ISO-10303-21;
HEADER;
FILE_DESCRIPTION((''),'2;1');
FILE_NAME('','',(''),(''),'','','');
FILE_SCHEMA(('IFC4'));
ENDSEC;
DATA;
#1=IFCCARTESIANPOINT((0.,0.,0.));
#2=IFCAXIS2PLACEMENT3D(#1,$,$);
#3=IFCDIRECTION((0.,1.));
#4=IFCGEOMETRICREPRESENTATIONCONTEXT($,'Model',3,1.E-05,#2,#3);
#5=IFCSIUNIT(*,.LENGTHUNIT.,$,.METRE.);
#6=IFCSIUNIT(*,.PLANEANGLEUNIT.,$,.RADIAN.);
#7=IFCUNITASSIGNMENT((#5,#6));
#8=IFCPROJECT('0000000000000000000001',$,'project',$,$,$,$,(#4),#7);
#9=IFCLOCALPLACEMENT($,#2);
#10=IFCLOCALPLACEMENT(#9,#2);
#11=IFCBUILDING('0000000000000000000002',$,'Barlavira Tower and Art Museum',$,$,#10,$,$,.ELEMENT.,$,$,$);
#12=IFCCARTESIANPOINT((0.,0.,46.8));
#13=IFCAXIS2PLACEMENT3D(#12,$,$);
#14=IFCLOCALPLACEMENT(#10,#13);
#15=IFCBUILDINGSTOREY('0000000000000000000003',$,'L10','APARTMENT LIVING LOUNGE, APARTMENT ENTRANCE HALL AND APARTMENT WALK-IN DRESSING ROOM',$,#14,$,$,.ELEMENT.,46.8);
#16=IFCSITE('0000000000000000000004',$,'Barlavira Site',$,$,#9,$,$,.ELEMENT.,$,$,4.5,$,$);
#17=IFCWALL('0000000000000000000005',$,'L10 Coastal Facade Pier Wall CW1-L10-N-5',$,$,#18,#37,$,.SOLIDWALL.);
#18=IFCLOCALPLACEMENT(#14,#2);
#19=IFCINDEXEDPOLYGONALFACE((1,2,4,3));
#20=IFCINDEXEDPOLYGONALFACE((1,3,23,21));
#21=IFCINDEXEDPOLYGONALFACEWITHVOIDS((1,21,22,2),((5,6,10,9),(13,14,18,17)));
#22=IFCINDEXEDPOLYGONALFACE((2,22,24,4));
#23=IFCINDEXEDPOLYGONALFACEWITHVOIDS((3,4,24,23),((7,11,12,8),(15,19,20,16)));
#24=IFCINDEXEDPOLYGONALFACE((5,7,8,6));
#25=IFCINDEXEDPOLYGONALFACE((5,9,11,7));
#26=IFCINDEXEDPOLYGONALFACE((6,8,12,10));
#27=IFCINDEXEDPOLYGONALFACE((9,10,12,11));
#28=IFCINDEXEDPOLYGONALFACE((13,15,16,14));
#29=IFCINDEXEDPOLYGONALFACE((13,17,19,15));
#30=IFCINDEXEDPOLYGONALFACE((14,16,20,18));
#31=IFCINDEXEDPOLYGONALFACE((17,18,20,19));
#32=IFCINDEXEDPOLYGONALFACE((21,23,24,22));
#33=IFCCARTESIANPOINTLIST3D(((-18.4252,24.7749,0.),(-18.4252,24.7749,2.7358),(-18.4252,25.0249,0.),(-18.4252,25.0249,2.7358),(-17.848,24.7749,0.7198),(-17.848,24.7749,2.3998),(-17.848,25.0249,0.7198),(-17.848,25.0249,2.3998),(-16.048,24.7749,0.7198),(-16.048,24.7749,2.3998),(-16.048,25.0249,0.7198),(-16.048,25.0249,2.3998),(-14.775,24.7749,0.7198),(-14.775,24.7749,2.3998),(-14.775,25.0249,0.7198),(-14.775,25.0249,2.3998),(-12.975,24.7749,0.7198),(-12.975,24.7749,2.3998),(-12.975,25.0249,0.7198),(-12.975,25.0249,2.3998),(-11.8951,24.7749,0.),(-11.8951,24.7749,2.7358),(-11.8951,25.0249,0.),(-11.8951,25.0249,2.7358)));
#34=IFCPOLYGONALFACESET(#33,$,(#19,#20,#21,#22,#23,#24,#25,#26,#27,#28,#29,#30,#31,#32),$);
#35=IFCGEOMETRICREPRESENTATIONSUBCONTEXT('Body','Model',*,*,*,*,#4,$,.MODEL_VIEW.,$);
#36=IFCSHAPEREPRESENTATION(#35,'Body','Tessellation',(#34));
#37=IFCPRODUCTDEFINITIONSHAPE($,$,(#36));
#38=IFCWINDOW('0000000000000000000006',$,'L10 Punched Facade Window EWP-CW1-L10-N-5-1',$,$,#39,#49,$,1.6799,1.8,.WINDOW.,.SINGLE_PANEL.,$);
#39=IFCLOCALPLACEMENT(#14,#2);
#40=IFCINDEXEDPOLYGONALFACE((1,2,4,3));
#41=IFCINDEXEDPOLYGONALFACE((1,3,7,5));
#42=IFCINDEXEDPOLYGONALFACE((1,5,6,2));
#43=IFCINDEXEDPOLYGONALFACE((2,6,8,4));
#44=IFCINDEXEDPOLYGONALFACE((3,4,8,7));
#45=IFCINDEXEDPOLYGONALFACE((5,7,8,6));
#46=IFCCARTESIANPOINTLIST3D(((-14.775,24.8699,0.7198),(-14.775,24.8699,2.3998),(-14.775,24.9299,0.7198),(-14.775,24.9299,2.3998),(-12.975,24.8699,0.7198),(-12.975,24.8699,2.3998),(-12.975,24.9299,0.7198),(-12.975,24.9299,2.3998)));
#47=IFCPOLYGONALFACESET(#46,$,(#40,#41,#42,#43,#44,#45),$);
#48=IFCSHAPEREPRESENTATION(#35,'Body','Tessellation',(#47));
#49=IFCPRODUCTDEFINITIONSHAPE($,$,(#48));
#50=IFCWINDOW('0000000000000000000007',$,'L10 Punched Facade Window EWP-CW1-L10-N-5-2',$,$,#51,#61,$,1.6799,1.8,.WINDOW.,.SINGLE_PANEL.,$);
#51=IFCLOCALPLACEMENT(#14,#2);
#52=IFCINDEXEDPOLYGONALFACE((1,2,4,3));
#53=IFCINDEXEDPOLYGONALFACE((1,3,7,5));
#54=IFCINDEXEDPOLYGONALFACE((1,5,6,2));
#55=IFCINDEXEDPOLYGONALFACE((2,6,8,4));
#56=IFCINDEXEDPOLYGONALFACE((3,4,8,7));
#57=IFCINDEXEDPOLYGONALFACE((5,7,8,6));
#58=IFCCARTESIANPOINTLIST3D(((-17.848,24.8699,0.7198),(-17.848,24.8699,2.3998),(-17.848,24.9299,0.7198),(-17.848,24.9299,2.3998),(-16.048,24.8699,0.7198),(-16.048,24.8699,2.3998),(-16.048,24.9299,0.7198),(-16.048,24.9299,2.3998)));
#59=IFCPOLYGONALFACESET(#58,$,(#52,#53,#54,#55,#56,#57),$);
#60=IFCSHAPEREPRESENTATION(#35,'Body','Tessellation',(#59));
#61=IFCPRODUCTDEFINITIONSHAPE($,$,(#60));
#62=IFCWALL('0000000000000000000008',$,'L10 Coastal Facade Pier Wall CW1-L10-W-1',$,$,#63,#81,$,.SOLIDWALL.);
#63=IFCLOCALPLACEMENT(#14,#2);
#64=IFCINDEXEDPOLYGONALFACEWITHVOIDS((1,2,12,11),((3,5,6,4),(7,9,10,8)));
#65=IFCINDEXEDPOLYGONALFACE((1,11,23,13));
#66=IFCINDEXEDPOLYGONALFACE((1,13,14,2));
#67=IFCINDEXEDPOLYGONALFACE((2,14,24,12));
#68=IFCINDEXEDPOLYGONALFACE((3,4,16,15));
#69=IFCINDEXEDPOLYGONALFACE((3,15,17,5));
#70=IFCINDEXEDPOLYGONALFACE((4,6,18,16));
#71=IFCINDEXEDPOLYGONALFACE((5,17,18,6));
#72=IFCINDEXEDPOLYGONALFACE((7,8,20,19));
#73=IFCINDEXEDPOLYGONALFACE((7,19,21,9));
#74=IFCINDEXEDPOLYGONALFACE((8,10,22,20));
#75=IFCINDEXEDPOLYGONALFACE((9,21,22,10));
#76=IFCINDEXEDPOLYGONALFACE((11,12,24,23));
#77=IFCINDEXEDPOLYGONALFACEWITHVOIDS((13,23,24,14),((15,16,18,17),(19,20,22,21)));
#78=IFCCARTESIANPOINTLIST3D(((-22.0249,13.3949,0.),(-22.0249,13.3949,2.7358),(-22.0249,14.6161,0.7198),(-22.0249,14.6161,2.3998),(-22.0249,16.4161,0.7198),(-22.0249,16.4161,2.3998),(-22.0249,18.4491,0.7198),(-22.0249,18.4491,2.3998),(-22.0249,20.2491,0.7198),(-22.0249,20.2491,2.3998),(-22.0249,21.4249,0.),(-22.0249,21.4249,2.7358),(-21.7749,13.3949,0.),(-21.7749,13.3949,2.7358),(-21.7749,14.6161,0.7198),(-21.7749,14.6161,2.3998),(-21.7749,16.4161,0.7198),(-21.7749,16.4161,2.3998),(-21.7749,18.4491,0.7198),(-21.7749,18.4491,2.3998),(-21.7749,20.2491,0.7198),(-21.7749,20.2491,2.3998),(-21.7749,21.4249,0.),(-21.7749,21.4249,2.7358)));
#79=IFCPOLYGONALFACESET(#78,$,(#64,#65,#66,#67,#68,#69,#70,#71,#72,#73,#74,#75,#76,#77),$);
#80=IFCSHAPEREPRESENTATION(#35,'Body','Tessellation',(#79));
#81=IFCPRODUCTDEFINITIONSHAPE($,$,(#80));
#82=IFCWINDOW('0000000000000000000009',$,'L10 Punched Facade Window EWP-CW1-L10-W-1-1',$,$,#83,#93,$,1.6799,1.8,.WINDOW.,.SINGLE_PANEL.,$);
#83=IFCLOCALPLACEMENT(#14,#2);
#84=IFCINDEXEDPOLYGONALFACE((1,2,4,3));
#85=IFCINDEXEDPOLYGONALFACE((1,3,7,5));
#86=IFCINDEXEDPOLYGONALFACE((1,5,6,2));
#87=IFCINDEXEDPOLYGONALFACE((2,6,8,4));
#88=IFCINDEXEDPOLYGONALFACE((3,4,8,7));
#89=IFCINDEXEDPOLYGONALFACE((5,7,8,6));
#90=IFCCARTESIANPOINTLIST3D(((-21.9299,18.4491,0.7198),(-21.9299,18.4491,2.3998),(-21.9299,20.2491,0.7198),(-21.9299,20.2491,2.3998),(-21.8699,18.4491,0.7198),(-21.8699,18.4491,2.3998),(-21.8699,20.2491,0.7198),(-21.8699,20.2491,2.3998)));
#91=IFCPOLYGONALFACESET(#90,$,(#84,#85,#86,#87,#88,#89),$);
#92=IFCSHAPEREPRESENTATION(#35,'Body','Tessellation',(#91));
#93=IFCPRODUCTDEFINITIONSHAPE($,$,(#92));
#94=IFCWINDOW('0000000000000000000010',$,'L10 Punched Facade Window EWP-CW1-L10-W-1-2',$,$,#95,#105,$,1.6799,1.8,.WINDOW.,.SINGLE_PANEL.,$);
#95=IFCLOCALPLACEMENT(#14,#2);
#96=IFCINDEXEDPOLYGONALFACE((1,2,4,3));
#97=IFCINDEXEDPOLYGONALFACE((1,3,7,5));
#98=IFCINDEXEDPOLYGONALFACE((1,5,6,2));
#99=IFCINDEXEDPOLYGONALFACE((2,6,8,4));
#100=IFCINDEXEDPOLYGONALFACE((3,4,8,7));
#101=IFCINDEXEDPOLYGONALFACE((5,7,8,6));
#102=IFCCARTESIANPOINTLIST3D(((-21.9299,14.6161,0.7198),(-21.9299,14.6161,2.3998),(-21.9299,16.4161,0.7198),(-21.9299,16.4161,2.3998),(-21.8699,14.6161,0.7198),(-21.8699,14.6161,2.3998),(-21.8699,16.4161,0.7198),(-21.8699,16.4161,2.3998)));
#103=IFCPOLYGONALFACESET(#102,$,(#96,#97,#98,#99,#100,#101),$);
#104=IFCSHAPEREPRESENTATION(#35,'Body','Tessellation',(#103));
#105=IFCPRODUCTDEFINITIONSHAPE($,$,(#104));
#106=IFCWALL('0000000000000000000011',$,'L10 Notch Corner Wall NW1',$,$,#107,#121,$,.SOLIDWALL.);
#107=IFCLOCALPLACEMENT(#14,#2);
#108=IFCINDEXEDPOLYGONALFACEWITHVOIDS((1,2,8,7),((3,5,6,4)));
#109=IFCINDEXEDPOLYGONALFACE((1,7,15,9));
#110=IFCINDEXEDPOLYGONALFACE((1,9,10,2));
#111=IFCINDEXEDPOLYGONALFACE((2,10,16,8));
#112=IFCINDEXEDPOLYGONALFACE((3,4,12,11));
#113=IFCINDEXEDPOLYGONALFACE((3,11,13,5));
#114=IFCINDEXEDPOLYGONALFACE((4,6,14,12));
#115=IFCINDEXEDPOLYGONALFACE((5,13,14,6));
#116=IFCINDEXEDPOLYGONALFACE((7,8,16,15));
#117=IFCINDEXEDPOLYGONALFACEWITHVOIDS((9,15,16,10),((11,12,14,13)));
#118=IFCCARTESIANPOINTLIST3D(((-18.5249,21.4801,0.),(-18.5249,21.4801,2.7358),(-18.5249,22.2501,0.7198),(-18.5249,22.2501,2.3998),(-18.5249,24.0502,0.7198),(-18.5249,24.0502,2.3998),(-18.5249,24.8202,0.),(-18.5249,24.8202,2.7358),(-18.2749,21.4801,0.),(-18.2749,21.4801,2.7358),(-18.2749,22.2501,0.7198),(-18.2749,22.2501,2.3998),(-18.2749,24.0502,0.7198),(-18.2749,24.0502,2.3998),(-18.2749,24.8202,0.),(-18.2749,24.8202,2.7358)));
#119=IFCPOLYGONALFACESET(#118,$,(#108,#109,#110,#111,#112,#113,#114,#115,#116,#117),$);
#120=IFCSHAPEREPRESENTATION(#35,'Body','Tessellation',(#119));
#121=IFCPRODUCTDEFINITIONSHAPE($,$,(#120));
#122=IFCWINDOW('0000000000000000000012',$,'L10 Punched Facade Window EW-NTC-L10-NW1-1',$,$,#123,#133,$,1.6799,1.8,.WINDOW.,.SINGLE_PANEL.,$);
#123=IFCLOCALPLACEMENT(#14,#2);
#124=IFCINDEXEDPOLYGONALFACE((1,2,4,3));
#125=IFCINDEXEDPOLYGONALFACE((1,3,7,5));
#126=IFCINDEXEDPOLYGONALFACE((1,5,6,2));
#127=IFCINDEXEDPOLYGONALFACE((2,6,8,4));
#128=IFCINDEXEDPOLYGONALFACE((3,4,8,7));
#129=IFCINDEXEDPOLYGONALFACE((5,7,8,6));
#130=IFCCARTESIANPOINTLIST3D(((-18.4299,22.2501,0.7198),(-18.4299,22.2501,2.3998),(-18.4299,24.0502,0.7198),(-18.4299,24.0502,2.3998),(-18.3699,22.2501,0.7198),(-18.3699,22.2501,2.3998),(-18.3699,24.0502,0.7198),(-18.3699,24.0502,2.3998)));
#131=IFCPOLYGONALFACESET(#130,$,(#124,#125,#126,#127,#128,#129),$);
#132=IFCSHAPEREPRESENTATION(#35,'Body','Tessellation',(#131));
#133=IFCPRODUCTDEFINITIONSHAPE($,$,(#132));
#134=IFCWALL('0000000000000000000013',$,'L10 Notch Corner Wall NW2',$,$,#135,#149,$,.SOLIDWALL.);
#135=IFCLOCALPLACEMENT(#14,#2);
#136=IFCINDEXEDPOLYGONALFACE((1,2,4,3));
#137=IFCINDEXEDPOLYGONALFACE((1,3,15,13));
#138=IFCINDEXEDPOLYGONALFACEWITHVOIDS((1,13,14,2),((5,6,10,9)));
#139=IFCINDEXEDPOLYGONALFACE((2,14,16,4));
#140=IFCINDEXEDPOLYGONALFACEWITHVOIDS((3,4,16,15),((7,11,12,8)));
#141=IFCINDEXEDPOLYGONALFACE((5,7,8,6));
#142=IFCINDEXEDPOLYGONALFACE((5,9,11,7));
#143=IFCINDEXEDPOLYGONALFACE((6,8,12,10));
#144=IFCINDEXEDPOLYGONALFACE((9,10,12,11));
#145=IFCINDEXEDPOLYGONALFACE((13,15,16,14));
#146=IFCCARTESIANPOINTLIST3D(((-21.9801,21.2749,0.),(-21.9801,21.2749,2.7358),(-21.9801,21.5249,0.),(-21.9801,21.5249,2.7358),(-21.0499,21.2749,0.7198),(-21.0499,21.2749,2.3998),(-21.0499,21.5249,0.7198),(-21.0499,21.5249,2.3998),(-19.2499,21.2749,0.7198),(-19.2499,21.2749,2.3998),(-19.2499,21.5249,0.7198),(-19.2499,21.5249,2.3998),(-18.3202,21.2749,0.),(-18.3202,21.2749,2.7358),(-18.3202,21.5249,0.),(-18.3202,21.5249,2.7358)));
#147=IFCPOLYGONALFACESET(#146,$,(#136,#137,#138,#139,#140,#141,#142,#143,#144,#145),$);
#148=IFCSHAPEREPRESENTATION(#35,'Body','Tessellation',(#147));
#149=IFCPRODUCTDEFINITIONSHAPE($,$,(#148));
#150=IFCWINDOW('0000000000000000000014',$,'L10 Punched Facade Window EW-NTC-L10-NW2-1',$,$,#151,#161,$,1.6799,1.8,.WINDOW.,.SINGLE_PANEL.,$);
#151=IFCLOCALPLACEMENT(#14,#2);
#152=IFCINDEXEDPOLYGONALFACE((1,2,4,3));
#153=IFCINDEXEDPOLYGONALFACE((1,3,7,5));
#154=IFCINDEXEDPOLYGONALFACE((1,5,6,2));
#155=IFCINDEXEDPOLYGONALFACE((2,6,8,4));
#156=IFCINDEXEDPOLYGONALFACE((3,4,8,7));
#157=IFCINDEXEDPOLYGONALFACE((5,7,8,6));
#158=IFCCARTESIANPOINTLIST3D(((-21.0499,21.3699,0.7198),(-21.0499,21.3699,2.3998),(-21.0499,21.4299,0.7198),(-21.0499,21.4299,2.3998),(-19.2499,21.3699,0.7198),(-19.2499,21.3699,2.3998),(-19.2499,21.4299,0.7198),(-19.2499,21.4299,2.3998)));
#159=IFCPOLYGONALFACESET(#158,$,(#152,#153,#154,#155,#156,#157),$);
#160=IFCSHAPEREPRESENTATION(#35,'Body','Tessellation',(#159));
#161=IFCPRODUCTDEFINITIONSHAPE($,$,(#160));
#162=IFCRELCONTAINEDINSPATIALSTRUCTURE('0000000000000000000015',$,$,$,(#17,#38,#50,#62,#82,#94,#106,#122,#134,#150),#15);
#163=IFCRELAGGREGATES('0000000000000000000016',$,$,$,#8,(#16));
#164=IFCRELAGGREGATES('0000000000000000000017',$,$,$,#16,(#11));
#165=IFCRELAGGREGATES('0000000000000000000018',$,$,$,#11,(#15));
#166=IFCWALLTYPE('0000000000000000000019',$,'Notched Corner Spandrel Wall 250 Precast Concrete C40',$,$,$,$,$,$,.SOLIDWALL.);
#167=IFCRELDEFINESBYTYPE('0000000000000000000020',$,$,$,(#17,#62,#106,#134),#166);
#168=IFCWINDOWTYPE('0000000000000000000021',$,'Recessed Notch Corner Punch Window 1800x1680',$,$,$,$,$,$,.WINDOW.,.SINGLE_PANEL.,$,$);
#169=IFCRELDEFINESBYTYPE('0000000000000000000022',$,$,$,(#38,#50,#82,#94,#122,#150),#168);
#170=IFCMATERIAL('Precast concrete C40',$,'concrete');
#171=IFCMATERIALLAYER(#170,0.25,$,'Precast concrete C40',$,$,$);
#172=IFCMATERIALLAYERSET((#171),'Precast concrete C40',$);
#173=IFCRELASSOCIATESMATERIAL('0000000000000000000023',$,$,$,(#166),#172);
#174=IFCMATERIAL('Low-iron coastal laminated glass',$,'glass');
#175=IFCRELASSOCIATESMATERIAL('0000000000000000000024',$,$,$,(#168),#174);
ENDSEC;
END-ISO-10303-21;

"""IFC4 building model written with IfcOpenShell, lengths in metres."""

from ifc_helpers import new_model, si_unit, direction, frame, frame_2d, origin, place, context, subcontext, project, spatial, rectangle, extrude, material, layer, layer_set, type_object, element, fill, save


model = new_model("IFC4")

# Units and contexts
model_context = context("Model", 3, precision=1e-05, world=origin(), true_north=direction((0.0, 1.0)))
body_context = subcontext(model_context, "Body", "Model", "MODEL_VIEW")
ifc_project = project(units=[si_unit("LENGTHUNIT", "METRE"), si_unit("PLANEANGLEUNIT", "RADIAN")], contexts=[model_context])

# Site, building, storey
site_placement = place(None, origin())
site = spatial("IfcSite", under=ifc_project, at=site_placement, Name="Barlavira Site", CompositionType="ELEMENT", RefElevation=4.5)
building_placement = place(site_placement, origin())
building = spatial("IfcBuilding", under=site, at=building_placement, Name="Barlavira Tower and Art Museum", CompositionType="ELEMENT")
storey_placement = place(building_placement, frame((0.0, 0.0, 46.8)))
storey = spatial("IfcBuildingStorey", under=building, at=storey_placement, Name="L10", Description="APARTMENT LIVING LOUNGE, APARTMENT ENTRANCE HALL AND APARTMENT WALK-IN DRESSING ROOM", CompositionType="ELEMENT", Elevation=46.8)

# Walls, openings, windows
ifc_material_1 = material(Name="Precast concrete C40", Category="concrete")
ifc_layer_1 = layer(ifc_material_1, 0.25, Name="Precast concrete C40")
ifc_layer_set_1 = layer_set([ifc_layer_1], Name="Precast concrete C40")
wall_type_1 = type_object("IfcWallType", Name="Notched Corner Spandrel Wall 250 Precast Concrete C40", PredefinedType="SOLIDWALL", material=ifc_layer_set_1)
wall_1_placement = place(storey_placement, frame((-11.895, 24.8999, 0.0), z_axis=(0.0, 0.0, 1.0), x_axis=(-1.0, 0.0, 0.0)))
wall_1 = element("IfcWall", 1, at=wall_1_placement, inside=storey, type_object=wall_type_1, Name="L10 Coastal Facade Pier Wall CW1-L10-N-5", PredefinedType="SOLIDWALL", context=body_context, shape_type="SweptSolid", body=[
    extrude(rectangle(XDim=6.53, YDim=0.25, at=frame_2d((3.2651, 0.0))), origin(), (0.0, 0.0, 1.0), 2.7358),
])
opening_1_placement = place(wall_1_placement, frame((1.0801, 0.0, 0.72)))
opening_1 = element("IfcOpeningElement", 2, at=opening_1_placement, cuts=wall_1, PredefinedType="OPENING", context=body_context, shape_type="SweptSolid", body=[
    extrude(rectangle(XDim=1.8, YDim=1.6799, at=frame_2d((0.8999, 0.8398))), frame((0.0, 0.135, 0.0), z_axis=(0.0, -1.0, 0.0), x_axis=(1.0, 0.0, 0.0)), (0.0, 0.0, 1.0), 0.27),
])
opening_2_placement = place(wall_1_placement, frame((4.1531, 0.0, 0.72)))
opening_2 = element("IfcOpeningElement", 3, at=opening_2_placement, cuts=wall_1, PredefinedType="OPENING", context=body_context, shape_type="SweptSolid", body=[
    extrude(rectangle(XDim=1.8, YDim=1.6799, at=frame_2d((0.8999, 0.8398))), frame((0.0, 0.135, 0.0), z_axis=(0.0, -1.0, 0.0), x_axis=(1.0, 0.0, 0.0)), (0.0, 0.0, 1.0), 0.27),
])
ifc_material_2 = material(Name="Low-iron coastal laminated glass", Category="glass")
window_type = type_object("IfcWindowType", Name="Recessed Notch Corner Punch Window 1800x1680", PartitioningType="SINGLE_PANEL", PredefinedType="WINDOW", material=ifc_material_2)
window_1_placement = place(opening_1_placement, origin())
window_1 = element("IfcWindow", 4, at=window_1_placement, inside=storey, type_object=window_type, Name="L10 Punched Facade Window EWP-CW1-L10-N-5-1", OverallHeight=1.6799, OverallWidth=1.8, PartitioningType="SINGLE_PANEL", PredefinedType="WINDOW", context=body_context, shape_type="SweptSolid", body=[
    extrude(rectangle(XDim=1.8, YDim=1.6799, at=frame_2d((0.8999, 0.8398))), frame((0.0, 0.03, 0.0), z_axis=(0.0, -1.0, 0.0), x_axis=(1.0, 0.0, 0.0)), (0.0, 0.0, 1.0), 0.0601),
])
fill(opening_1, window_1)
window_2_placement = place(opening_2_placement, origin())
window_2 = element("IfcWindow", 5, at=window_2_placement, inside=storey, type_object=window_type, Name="L10 Punched Facade Window EWP-CW1-L10-N-5-2", OverallHeight=1.6799, OverallWidth=1.8, PartitioningType="SINGLE_PANEL", PredefinedType="WINDOW", context=body_context, shape_type="SweptSolid", body=[
    extrude(rectangle(XDim=1.8, YDim=1.6799, at=frame_2d((0.8999, 0.8398))), frame((0.0, 0.03, 0.0), z_axis=(0.0, -1.0, 0.0), x_axis=(1.0, 0.0, 0.0)), (0.0, 0.0, 1.0), 0.0601),
])
fill(opening_2, window_2)
wall_2_placement = place(storey_placement, frame((-21.8999, 21.425, 0.0), z_axis=(0.0, 0.0, 1.0), x_axis=(0.0, -1.0, 0.0)))
wall_2 = element("IfcWall", 6, at=wall_2_placement, inside=storey, type_object=wall_type_1, Name="L10 Coastal Facade Pier Wall CW1-L10-W-1", PredefinedType="SOLIDWALL", context=body_context, shape_type="SweptSolid", body=[
    extrude(rectangle(XDim=8.03, YDim=0.25, at=frame_2d((4.0151, 0.0))), origin(), (0.0, 0.0, 1.0), 2.7358),
])
opening_3_placement = place(wall_2_placement, frame((1.176, 0.0, 0.72)))
opening_3 = element("IfcOpeningElement", 7, at=opening_3_placement, cuts=wall_2, PredefinedType="OPENING", context=body_context, shape_type="SweptSolid", body=[
    extrude(rectangle(XDim=1.8, YDim=1.6799, at=frame_2d((0.8999, 0.8398))), frame((0.0, 0.135, 0.0), z_axis=(0.0, -1.0, 0.0), x_axis=(1.0, 0.0, 0.0)), (0.0, 0.0, 1.0), 0.27),
])
opening_4_placement = place(wall_2_placement, frame((5.009, 0.0, 0.72)))
opening_4 = element("IfcOpeningElement", 8, at=opening_4_placement, cuts=wall_2, PredefinedType="OPENING", context=body_context, shape_type="SweptSolid", body=[
    extrude(rectangle(XDim=1.8, YDim=1.6799, at=frame_2d((0.8999, 0.8398))), frame((0.0, 0.135, 0.0), z_axis=(0.0, -1.0, 0.0), x_axis=(1.0, 0.0, 0.0)), (0.0, 0.0, 1.0), 0.27),
])
window_3_placement = place(opening_3_placement, origin())
window_3 = element("IfcWindow", 9, at=window_3_placement, inside=storey, type_object=window_type, Name="L10 Punched Facade Window EWP-CW1-L10-W-1-1", OverallHeight=1.6799, OverallWidth=1.8, PartitioningType="SINGLE_PANEL", PredefinedType="WINDOW", context=body_context, shape_type="SweptSolid", body=[
    extrude(rectangle(XDim=1.8, YDim=1.6799, at=frame_2d((0.8999, 0.8398))), frame((0.0, 0.03, 0.0), z_axis=(0.0, -1.0, 0.0), x_axis=(1.0, 0.0, 0.0)), (0.0, 0.0, 1.0), 0.0601),
])
fill(opening_3, window_3)
window_4_placement = place(opening_4_placement, origin())
window_4 = element("IfcWindow", 10, at=window_4_placement, inside=storey, type_object=window_type, Name="L10 Punched Facade Window EWP-CW1-L10-W-1-2", OverallHeight=1.6799, OverallWidth=1.8, PartitioningType="SINGLE_PANEL", PredefinedType="WINDOW", context=body_context, shape_type="SweptSolid", body=[
    extrude(rectangle(XDim=1.8, YDim=1.6799, at=frame_2d((0.8999, 0.8398))), frame((0.0, 0.03, 0.0), z_axis=(0.0, -1.0, 0.0), x_axis=(1.0, 0.0, 0.0)), (0.0, 0.0, 1.0), 0.0601),
])
fill(opening_4, window_4)

# Walls, openings, windows
wall_3_placement = place(storey_placement, frame((-18.3999, 24.8201, 0.0), z_axis=(0.0, 0.0, 1.0), x_axis=(0.0, -1.0, 0.0)))
wall_3 = element("IfcWall", 11, at=wall_3_placement, inside=storey, type_object=wall_type_1, Name="L10 Notch Corner Wall NW1", PredefinedType="SOLIDWALL", context=body_context, shape_type="SweptSolid", body=[
    extrude(rectangle(XDim=3.3401, YDim=0.25, at=frame_2d((1.6699, 0.0))), origin(), (0.0, 0.0, 1.0), 2.7358),
])
opening_5_placement = place(wall_3_placement, frame((0.77, 0.0, 0.72)))
opening_5 = element("IfcOpeningElement", 12, at=opening_5_placement, cuts=wall_3, PredefinedType="OPENING", context=body_context, shape_type="SweptSolid", body=[
    extrude(rectangle(XDim=1.8, YDim=1.6799, at=frame_2d((0.8999, 0.8398))), frame((0.0, 0.135, 0.0), z_axis=(0.0, -1.0, 0.0), x_axis=(1.0, 0.0, 0.0)), (0.0, 0.0, 1.0), 0.27),
])
window_5_placement = place(opening_5_placement, origin())
window_5 = element("IfcWindow", 13, at=window_5_placement, inside=storey, type_object=window_type, Name="L10 Punched Facade Window EW-NTC-L10-NW1-1", OverallHeight=1.6799, OverallWidth=1.8, PartitioningType="SINGLE_PANEL", PredefinedType="WINDOW", context=body_context, shape_type="SweptSolid", body=[
    extrude(rectangle(XDim=1.8, YDim=1.6799, at=frame_2d((0.8999, 0.8398))), frame((0.0, 0.03, 0.0), z_axis=(0.0, -1.0, 0.0), x_axis=(1.0, 0.0, 0.0)), (0.0, 0.0, 1.0), 0.0601),
])
fill(opening_5, window_5)
wall_4_placement = place(storey_placement, frame((-18.3201, 21.3999, 0.0), z_axis=(0.0, 0.0, 1.0), x_axis=(-1.0, 0.0, 0.0)))
wall_4 = element("IfcWall", 14, at=wall_4_placement, inside=storey, type_object=wall_type_1, Name="L10 Notch Corner Wall NW2", PredefinedType="SOLIDWALL", context=body_context, shape_type="SweptSolid", body=[
    extrude(rectangle(XDim=3.6599, YDim=0.25, at=frame_2d((1.8301, 0.0))), origin(), (0.0, 0.0, 1.0), 2.7358),
])
opening_6_placement = place(wall_4_placement, frame((0.9299, 0.0, 0.72)))
opening_6 = element("IfcOpeningElement", 15, at=opening_6_placement, cuts=wall_4, PredefinedType="OPENING", context=body_context, shape_type="SweptSolid", body=[
    extrude(rectangle(XDim=1.8, YDim=1.6799, at=frame_2d((0.8999, 0.8398))), frame((0.0, 0.135, 0.0), z_axis=(0.0, -1.0, 0.0), x_axis=(1.0, 0.0, 0.0)), (0.0, 0.0, 1.0), 0.27),
])
window_6_placement = place(opening_6_placement, origin())
window_6 = element("IfcWindow", 16, at=window_6_placement, inside=storey, type_object=window_type, Name="L10 Punched Facade Window EW-NTC-L10-NW2-1", OverallHeight=1.6799, OverallWidth=1.8, PartitioningType="SINGLE_PANEL", PredefinedType="WINDOW", context=body_context, shape_type="SweptSolid", body=[
    extrude(rectangle(XDim=1.8, YDim=1.6799, at=frame_2d((0.8999, 0.8398))), frame((0.0, 0.03, 0.0), z_axis=(0.0, -1.0, 0.0), x_axis=(1.0, 0.0, 0.0)), (0.0, 0.0, 1.0), 0.0601),
])
fill(opening_6, window_6)

save(model, "model.ifc")
